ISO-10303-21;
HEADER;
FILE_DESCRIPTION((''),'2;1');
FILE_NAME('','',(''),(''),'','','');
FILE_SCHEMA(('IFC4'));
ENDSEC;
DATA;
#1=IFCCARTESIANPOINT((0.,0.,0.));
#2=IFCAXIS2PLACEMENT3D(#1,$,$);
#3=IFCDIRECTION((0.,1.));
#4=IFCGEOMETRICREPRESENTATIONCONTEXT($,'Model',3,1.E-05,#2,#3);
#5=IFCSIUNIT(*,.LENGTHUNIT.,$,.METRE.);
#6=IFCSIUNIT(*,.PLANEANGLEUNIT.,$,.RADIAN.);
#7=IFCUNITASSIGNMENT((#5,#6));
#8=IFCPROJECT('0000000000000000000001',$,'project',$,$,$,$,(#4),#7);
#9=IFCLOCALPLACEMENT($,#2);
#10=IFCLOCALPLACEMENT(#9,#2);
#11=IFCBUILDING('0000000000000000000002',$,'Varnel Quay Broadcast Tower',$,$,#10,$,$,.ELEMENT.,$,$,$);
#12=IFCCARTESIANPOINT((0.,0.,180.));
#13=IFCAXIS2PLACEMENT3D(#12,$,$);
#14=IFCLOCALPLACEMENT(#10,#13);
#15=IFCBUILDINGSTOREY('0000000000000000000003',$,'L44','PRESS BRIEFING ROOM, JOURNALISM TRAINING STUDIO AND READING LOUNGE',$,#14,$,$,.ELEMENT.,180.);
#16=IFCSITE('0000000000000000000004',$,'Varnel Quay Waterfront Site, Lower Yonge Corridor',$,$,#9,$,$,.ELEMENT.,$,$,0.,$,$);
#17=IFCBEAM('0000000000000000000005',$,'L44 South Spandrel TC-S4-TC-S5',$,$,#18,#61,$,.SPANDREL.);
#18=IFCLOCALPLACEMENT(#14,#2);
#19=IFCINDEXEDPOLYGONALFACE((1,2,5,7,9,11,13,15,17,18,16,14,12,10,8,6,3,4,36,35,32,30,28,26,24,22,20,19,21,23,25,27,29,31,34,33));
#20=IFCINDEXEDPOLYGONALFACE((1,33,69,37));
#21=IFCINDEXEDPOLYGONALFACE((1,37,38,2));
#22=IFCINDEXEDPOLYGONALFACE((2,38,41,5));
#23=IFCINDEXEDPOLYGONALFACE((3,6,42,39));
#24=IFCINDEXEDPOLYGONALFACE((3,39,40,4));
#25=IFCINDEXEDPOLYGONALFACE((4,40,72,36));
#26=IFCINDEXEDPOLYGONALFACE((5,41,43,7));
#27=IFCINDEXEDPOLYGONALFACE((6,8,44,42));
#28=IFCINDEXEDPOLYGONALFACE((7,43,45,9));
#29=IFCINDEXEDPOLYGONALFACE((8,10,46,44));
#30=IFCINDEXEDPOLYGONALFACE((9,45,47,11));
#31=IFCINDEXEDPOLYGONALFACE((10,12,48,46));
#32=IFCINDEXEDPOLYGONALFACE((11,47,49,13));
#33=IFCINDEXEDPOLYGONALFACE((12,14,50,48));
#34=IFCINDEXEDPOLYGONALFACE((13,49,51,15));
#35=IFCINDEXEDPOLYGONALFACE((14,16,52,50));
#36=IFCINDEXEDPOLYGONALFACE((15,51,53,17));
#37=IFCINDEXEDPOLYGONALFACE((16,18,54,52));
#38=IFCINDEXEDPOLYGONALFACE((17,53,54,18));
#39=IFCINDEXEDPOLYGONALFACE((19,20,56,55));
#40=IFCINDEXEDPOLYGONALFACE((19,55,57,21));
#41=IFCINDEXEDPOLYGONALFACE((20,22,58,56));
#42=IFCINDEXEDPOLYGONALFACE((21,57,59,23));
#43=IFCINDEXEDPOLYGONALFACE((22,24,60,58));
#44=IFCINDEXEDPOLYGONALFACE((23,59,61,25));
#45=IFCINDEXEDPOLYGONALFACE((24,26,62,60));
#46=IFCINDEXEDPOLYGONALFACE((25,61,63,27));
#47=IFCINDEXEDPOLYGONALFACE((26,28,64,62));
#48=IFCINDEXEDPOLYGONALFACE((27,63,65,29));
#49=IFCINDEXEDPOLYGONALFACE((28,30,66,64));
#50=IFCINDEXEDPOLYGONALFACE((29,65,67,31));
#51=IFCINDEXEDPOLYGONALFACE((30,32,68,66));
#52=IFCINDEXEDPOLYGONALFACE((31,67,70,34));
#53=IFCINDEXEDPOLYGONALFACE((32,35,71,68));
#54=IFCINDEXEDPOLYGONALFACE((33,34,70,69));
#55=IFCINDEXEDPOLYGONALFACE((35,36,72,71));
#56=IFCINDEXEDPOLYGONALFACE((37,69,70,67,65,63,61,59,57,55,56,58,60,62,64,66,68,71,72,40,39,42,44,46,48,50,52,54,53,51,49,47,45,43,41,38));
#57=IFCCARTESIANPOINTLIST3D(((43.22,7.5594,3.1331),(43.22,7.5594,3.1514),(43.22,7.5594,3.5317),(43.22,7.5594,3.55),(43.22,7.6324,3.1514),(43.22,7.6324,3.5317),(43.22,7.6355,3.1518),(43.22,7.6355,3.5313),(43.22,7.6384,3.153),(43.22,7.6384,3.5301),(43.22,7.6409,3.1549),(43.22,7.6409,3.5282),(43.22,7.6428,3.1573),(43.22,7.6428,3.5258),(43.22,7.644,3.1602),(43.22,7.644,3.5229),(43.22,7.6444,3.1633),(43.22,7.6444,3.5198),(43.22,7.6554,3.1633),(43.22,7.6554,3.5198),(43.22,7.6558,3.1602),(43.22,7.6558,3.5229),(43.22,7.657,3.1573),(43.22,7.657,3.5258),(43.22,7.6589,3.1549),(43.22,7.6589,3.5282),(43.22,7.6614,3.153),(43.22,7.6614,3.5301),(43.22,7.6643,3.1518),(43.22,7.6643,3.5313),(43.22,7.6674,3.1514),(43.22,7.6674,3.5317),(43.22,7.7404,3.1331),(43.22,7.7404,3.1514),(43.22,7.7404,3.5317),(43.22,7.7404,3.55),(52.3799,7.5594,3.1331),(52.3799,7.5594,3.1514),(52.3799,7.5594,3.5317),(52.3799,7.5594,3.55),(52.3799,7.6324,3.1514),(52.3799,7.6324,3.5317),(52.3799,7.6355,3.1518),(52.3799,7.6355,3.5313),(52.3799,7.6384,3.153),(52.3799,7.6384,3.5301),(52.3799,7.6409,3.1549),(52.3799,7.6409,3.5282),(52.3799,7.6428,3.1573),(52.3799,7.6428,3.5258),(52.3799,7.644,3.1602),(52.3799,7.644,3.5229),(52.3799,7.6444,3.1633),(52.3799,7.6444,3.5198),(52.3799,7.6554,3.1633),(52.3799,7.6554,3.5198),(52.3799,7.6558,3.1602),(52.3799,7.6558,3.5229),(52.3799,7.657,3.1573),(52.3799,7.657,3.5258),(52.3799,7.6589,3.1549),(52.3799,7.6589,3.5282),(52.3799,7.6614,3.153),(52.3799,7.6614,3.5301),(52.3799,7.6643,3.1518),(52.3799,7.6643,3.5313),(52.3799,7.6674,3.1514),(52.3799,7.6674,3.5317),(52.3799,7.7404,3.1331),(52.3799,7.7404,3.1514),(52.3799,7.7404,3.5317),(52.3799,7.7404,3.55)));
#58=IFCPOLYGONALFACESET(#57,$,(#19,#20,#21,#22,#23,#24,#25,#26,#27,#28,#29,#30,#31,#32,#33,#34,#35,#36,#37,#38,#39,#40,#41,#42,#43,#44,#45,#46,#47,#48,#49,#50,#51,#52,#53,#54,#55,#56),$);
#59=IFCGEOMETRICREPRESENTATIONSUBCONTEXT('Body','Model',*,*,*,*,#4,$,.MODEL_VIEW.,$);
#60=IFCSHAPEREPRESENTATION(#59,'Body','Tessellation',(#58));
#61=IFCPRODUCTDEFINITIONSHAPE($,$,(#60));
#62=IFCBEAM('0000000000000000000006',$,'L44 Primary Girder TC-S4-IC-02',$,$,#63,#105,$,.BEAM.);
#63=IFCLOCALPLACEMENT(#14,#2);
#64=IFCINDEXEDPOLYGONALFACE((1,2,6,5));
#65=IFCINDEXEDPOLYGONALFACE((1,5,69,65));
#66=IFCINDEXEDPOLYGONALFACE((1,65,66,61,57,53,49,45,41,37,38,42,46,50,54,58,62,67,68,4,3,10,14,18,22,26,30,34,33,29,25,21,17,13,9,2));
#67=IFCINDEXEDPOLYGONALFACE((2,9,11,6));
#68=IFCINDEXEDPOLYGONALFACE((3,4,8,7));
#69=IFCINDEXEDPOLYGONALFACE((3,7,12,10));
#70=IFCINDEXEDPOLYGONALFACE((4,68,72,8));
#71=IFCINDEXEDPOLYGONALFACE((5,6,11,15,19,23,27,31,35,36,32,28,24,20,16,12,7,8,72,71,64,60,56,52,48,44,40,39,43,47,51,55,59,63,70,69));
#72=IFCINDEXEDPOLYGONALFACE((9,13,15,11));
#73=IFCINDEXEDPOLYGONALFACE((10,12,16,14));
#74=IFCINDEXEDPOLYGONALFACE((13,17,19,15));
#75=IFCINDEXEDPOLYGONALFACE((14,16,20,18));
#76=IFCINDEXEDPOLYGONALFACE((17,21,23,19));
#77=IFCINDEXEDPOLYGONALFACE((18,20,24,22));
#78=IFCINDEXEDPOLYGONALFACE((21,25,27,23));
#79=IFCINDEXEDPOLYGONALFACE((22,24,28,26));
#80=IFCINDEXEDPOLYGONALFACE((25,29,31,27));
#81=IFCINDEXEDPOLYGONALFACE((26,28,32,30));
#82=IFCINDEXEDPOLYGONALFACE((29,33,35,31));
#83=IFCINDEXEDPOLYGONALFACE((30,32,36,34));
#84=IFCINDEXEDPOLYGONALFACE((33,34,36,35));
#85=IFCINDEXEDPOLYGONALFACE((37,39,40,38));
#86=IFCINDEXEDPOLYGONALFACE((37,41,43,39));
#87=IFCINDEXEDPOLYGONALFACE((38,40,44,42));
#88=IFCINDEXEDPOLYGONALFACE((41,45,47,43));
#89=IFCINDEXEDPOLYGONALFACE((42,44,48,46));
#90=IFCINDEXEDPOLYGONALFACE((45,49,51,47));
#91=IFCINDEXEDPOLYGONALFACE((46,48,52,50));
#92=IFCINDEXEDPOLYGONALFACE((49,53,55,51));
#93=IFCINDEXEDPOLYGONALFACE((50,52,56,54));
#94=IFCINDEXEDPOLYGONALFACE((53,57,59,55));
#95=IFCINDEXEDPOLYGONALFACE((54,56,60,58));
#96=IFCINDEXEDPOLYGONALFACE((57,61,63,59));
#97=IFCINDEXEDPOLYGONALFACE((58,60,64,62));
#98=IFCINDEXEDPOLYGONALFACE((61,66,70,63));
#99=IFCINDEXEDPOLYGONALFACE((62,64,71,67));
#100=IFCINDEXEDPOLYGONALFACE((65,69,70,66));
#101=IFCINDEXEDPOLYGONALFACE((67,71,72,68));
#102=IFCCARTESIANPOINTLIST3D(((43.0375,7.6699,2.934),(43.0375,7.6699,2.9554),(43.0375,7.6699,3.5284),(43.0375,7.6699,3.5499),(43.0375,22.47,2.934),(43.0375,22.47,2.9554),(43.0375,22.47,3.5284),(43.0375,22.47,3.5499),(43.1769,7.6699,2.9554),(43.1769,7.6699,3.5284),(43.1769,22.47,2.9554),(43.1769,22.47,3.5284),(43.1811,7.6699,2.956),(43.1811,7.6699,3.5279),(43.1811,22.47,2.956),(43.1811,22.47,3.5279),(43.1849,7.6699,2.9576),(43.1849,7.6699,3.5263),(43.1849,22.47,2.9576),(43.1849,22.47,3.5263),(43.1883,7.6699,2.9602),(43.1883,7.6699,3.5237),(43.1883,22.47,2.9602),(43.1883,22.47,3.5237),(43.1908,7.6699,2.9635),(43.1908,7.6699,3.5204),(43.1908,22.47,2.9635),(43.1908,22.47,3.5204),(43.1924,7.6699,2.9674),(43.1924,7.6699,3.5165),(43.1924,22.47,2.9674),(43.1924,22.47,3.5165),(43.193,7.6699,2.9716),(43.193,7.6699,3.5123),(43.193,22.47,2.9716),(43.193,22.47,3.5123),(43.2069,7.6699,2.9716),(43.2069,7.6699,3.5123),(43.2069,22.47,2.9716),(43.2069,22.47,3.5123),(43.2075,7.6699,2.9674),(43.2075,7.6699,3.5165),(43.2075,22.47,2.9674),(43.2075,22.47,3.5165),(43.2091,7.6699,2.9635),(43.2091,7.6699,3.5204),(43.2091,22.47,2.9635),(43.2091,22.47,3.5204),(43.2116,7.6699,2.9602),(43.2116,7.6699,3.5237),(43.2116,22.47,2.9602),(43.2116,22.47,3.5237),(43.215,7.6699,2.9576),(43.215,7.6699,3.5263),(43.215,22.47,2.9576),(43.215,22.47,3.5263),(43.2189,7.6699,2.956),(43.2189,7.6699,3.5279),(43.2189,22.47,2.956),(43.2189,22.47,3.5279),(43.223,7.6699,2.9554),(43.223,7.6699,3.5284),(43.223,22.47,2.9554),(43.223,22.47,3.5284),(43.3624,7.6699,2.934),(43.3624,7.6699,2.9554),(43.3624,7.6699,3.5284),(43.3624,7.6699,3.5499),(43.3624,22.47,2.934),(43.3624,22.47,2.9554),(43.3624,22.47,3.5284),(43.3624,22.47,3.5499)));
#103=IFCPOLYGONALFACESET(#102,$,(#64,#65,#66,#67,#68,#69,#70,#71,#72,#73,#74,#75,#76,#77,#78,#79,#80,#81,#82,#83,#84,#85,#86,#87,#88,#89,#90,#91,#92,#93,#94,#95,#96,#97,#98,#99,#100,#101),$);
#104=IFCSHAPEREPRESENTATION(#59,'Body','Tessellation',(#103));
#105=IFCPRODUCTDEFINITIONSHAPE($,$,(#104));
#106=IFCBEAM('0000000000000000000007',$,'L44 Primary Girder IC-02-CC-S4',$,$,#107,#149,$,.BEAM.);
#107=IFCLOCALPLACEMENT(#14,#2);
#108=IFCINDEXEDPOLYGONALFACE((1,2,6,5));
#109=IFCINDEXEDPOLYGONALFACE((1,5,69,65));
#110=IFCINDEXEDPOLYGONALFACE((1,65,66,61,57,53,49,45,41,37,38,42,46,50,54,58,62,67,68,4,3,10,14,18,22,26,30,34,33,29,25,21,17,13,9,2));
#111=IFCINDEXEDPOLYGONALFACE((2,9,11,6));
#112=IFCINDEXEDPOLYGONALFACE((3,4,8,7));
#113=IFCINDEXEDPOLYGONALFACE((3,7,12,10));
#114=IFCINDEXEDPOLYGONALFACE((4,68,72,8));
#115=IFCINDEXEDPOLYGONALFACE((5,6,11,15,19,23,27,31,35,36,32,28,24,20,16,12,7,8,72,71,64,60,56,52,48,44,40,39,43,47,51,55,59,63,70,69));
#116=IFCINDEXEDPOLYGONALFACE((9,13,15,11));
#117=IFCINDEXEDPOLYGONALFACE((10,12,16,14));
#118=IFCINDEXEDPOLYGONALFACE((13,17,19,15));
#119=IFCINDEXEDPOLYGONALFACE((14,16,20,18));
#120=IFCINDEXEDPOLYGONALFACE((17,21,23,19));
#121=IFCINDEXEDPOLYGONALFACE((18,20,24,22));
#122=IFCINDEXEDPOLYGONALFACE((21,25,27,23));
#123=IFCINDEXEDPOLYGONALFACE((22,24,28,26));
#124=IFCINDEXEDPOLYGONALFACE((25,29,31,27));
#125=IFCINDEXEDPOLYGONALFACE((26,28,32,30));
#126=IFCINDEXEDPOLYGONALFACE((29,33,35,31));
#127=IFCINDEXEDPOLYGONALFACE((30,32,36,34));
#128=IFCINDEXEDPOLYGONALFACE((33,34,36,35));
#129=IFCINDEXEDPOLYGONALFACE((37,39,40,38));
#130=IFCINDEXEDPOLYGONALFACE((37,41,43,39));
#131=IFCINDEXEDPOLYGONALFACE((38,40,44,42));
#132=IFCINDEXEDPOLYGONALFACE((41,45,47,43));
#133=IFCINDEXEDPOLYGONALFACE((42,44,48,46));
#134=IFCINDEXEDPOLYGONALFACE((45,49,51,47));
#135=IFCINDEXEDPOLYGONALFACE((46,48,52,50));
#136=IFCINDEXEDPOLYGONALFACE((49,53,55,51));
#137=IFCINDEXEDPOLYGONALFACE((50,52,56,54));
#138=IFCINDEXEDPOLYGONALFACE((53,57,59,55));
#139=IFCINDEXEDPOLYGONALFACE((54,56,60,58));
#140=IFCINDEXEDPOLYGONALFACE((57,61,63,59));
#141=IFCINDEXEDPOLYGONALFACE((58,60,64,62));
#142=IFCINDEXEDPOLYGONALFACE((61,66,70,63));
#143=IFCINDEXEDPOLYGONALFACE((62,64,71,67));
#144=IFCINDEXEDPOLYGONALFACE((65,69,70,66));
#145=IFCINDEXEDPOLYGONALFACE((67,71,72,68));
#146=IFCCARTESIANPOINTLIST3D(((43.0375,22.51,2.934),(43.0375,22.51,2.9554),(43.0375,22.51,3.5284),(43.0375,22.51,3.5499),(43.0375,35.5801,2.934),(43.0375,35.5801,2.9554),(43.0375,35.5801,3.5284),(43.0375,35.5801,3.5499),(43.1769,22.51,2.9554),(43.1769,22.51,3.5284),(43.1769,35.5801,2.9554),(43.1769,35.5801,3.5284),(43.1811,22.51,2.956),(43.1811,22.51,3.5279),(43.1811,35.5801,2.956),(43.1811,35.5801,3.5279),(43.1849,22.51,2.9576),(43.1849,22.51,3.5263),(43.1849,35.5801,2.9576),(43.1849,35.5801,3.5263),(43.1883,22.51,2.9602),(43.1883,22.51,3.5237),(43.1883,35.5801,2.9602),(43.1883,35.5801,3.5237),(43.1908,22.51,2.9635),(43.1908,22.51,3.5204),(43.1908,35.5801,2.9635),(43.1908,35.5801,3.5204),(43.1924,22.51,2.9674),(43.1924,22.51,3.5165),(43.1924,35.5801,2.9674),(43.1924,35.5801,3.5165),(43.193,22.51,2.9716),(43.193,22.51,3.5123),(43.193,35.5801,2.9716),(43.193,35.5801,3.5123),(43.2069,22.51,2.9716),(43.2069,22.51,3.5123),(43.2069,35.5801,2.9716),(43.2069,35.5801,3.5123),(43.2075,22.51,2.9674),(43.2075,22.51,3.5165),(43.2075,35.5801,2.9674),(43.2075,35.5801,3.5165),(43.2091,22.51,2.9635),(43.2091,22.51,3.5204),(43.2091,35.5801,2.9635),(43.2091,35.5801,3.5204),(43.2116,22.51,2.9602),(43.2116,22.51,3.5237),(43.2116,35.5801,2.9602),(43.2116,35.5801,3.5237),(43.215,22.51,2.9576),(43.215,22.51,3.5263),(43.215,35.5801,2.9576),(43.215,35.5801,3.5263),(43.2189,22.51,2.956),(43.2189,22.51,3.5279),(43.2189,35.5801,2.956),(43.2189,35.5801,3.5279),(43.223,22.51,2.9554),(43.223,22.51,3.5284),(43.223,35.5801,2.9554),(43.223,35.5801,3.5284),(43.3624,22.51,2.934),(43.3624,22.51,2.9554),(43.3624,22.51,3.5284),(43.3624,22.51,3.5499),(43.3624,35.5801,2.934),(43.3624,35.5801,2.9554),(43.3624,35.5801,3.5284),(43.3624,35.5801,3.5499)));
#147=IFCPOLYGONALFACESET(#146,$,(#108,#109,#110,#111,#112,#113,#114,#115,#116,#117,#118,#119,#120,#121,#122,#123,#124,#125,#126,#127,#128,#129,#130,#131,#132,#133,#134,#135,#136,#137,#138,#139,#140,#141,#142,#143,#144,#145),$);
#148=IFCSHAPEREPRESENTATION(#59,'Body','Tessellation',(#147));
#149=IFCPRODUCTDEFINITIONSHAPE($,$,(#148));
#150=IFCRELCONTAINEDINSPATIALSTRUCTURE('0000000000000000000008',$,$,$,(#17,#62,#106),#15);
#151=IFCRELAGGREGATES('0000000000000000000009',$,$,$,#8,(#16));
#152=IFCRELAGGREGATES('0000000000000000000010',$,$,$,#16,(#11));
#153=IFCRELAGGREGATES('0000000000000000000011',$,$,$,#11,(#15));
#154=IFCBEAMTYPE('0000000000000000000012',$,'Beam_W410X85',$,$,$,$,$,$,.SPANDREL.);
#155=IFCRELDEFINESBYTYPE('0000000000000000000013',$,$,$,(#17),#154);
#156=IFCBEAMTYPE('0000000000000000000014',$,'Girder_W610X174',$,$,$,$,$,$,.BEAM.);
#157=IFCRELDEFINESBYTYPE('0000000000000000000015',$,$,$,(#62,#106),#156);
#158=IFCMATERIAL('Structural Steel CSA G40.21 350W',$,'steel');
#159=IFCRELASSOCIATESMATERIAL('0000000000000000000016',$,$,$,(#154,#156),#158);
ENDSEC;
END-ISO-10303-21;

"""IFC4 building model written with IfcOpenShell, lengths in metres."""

from ifc_helpers import new_model, si_unit, direction, frame, origin, origin_2d, place, context, subcontext, project, spatial, i_section, extrude, source, transform, mapped, material, material_profile, profile_set, type_object, type_shapes, element, save


model = new_model("IFC4")

# Units and contexts
model_context = context("Model", 3, precision=1e-05, world=origin(), true_north=direction((0.0, 1.0)))
body_context = subcontext(model_context, "Body", "Model", "MODEL_VIEW")
ifc_project = project(units=[si_unit("LENGTHUNIT", "METRE"), si_unit("PLANEANGLEUNIT", "RADIAN")], contexts=[model_context])

# Site, building, storey
site_placement = place(None, origin())
site = spatial("IfcSite", under=ifc_project, at=site_placement, Name="Varnel Quay Waterfront Site, Lower Yonge Corridor", CompositionType="ELEMENT", RefElevation=0.0)
building_placement = place(site_placement, origin())
building = spatial("IfcBuilding", under=site, at=building_placement, Name="Varnel Quay Broadcast Tower", CompositionType="ELEMENT")
storey_placement = place(building_placement, frame((0.0, 0.0, 180.0)))
storey = spatial("IfcBuildingStorey", under=building, at=storey_placement, Name="L44", Description="PRESS BRIEFING ROOM, JOURNALISM TRAINING STUDIO AND READING LOUNGE", CompositionType="ELEMENT", Elevation=180.0)

# Shared definitions
ifc_material_1 = material(Name="Structural Steel CSA G40.21 350W", Category="steel")

# Beams
ifc_material_profile_1 = material_profile(ifc_material_1, i_section(OverallWidth=0.1809, OverallDepth=0.417, WebThickness=0.011, FlangeThickness=0.0183, FilletRadius=0.012, at=origin_2d()), Name="W410X85")
ifc_profile_set_1 = profile_set([ifc_material_profile_1], Name="Structural Steel CSA G40.21 350W")
beam_type_1 = type_object("IfcBeamType", Name="Beam_W410X85", PredefinedType="SPANDREL", material=ifc_profile_set_1)
shared_shape_1 = source(origin(), body_context, "Body", "SweptSolid", [
    extrude(i_section(OverallWidth=0.1809, OverallDepth=0.417, WebThickness=0.011, FlangeThickness=0.0183, FilletRadius=0.012, at=origin_2d()), origin(), (0.0, 0.0, 1.0), 9.1599),
])
type_shapes(beam_type_1, [shared_shape_1])
for number, where, z_axis, x_axis, name in (
    (1, (43.22, 7.6499, 3.3416), (1.0, 0.0, 0.0), (0.0, 1.0, 0.0), "L44 South Spandrel TC-S4-TC-S5"),
):
    element("IfcBeam", number, at=place(storey_placement, frame(where, z_axis=z_axis, x_axis=x_axis)), inside=storey, type_object=beam_type_1, Name=name, PredefinedType="SPANDREL", context=body_context, shape_type="MappedRepresentation", body=[
        mapped(shared_shape_1, transform((0.0, 0.0, 0.0), x_axis=(1.0, 0.0, 0.0), y_axis=(0.0, 1.0, 0.0), z_axis=(0.0, 0.0, 1.0), scale=1.0)),
    ])
ifc_material_profile_2 = material_profile(ifc_material_1, i_section(OverallWidth=0.325, OverallDepth=0.616, WebThickness=0.0139, FlangeThickness=0.0215, FilletRadius=0.0161, at=origin_2d()), Name="W610X174")
ifc_profile_set_2 = profile_set([ifc_material_profile_2], Name="Structural Steel CSA G40.21 350W")
beam_type_2 = type_object("IfcBeamType", Name="Girder_W610X174", PredefinedType="BEAM", material=ifc_profile_set_2)
shared_shape_2 = source(origin(), body_context, "Body", "SweptSolid", [
    extrude(i_section(OverallWidth=0.325, OverallDepth=0.616, WebThickness=0.0139, FlangeThickness=0.0215, FilletRadius=0.0161, at=origin_2d()), origin(), (0.0, 0.0, 1.0), 14.8),
])
beam_1_placement = place(storey_placement, frame((43.2, 7.6699, 3.2419), z_axis=(0.0, 1.0, 0.0), x_axis=(-1.0, 0.0, 0.0)))
element("IfcBeam", 2, at=beam_1_placement, inside=storey, type_object=beam_type_2, Name="L44 Primary Girder TC-S4-IC-02", PredefinedType="BEAM", context=body_context, shape_type="MappedRepresentation", body=[
    mapped(shared_shape_2, transform((0.0, 0.0, 0.0), x_axis=(1.0, 0.0, 0.0), y_axis=(0.0, 1.0, 0.0), z_axis=(0.0, 0.0, 1.0), scale=1.0)),
])
shared_shape_3 = source(origin(), body_context, "Body", "SweptSolid", [
    extrude(i_section(OverallWidth=0.325, OverallDepth=0.616, WebThickness=0.0139, FlangeThickness=0.0215, FilletRadius=0.0161, at=origin_2d()), origin(), (0.0, 0.0, 1.0), 13.0701),
])
beam_2_placement = place(storey_placement, frame((43.2, 22.51, 3.2419), z_axis=(0.0, 1.0, 0.0), x_axis=(-1.0, 0.0, 0.0)))
element("IfcBeam", 3, at=beam_2_placement, inside=storey, type_object=beam_type_2, Name="L44 Primary Girder IC-02-CC-S4", PredefinedType="BEAM", context=body_context, shape_type="MappedRepresentation", body=[
    mapped(shared_shape_3, transform((0.0, 0.0, 0.0), x_axis=(1.0, 0.0, 0.0), y_axis=(0.0, 1.0, 0.0), z_axis=(0.0, 0.0, 1.0), scale=1.0)),
])

save(model, "model.ifc")
